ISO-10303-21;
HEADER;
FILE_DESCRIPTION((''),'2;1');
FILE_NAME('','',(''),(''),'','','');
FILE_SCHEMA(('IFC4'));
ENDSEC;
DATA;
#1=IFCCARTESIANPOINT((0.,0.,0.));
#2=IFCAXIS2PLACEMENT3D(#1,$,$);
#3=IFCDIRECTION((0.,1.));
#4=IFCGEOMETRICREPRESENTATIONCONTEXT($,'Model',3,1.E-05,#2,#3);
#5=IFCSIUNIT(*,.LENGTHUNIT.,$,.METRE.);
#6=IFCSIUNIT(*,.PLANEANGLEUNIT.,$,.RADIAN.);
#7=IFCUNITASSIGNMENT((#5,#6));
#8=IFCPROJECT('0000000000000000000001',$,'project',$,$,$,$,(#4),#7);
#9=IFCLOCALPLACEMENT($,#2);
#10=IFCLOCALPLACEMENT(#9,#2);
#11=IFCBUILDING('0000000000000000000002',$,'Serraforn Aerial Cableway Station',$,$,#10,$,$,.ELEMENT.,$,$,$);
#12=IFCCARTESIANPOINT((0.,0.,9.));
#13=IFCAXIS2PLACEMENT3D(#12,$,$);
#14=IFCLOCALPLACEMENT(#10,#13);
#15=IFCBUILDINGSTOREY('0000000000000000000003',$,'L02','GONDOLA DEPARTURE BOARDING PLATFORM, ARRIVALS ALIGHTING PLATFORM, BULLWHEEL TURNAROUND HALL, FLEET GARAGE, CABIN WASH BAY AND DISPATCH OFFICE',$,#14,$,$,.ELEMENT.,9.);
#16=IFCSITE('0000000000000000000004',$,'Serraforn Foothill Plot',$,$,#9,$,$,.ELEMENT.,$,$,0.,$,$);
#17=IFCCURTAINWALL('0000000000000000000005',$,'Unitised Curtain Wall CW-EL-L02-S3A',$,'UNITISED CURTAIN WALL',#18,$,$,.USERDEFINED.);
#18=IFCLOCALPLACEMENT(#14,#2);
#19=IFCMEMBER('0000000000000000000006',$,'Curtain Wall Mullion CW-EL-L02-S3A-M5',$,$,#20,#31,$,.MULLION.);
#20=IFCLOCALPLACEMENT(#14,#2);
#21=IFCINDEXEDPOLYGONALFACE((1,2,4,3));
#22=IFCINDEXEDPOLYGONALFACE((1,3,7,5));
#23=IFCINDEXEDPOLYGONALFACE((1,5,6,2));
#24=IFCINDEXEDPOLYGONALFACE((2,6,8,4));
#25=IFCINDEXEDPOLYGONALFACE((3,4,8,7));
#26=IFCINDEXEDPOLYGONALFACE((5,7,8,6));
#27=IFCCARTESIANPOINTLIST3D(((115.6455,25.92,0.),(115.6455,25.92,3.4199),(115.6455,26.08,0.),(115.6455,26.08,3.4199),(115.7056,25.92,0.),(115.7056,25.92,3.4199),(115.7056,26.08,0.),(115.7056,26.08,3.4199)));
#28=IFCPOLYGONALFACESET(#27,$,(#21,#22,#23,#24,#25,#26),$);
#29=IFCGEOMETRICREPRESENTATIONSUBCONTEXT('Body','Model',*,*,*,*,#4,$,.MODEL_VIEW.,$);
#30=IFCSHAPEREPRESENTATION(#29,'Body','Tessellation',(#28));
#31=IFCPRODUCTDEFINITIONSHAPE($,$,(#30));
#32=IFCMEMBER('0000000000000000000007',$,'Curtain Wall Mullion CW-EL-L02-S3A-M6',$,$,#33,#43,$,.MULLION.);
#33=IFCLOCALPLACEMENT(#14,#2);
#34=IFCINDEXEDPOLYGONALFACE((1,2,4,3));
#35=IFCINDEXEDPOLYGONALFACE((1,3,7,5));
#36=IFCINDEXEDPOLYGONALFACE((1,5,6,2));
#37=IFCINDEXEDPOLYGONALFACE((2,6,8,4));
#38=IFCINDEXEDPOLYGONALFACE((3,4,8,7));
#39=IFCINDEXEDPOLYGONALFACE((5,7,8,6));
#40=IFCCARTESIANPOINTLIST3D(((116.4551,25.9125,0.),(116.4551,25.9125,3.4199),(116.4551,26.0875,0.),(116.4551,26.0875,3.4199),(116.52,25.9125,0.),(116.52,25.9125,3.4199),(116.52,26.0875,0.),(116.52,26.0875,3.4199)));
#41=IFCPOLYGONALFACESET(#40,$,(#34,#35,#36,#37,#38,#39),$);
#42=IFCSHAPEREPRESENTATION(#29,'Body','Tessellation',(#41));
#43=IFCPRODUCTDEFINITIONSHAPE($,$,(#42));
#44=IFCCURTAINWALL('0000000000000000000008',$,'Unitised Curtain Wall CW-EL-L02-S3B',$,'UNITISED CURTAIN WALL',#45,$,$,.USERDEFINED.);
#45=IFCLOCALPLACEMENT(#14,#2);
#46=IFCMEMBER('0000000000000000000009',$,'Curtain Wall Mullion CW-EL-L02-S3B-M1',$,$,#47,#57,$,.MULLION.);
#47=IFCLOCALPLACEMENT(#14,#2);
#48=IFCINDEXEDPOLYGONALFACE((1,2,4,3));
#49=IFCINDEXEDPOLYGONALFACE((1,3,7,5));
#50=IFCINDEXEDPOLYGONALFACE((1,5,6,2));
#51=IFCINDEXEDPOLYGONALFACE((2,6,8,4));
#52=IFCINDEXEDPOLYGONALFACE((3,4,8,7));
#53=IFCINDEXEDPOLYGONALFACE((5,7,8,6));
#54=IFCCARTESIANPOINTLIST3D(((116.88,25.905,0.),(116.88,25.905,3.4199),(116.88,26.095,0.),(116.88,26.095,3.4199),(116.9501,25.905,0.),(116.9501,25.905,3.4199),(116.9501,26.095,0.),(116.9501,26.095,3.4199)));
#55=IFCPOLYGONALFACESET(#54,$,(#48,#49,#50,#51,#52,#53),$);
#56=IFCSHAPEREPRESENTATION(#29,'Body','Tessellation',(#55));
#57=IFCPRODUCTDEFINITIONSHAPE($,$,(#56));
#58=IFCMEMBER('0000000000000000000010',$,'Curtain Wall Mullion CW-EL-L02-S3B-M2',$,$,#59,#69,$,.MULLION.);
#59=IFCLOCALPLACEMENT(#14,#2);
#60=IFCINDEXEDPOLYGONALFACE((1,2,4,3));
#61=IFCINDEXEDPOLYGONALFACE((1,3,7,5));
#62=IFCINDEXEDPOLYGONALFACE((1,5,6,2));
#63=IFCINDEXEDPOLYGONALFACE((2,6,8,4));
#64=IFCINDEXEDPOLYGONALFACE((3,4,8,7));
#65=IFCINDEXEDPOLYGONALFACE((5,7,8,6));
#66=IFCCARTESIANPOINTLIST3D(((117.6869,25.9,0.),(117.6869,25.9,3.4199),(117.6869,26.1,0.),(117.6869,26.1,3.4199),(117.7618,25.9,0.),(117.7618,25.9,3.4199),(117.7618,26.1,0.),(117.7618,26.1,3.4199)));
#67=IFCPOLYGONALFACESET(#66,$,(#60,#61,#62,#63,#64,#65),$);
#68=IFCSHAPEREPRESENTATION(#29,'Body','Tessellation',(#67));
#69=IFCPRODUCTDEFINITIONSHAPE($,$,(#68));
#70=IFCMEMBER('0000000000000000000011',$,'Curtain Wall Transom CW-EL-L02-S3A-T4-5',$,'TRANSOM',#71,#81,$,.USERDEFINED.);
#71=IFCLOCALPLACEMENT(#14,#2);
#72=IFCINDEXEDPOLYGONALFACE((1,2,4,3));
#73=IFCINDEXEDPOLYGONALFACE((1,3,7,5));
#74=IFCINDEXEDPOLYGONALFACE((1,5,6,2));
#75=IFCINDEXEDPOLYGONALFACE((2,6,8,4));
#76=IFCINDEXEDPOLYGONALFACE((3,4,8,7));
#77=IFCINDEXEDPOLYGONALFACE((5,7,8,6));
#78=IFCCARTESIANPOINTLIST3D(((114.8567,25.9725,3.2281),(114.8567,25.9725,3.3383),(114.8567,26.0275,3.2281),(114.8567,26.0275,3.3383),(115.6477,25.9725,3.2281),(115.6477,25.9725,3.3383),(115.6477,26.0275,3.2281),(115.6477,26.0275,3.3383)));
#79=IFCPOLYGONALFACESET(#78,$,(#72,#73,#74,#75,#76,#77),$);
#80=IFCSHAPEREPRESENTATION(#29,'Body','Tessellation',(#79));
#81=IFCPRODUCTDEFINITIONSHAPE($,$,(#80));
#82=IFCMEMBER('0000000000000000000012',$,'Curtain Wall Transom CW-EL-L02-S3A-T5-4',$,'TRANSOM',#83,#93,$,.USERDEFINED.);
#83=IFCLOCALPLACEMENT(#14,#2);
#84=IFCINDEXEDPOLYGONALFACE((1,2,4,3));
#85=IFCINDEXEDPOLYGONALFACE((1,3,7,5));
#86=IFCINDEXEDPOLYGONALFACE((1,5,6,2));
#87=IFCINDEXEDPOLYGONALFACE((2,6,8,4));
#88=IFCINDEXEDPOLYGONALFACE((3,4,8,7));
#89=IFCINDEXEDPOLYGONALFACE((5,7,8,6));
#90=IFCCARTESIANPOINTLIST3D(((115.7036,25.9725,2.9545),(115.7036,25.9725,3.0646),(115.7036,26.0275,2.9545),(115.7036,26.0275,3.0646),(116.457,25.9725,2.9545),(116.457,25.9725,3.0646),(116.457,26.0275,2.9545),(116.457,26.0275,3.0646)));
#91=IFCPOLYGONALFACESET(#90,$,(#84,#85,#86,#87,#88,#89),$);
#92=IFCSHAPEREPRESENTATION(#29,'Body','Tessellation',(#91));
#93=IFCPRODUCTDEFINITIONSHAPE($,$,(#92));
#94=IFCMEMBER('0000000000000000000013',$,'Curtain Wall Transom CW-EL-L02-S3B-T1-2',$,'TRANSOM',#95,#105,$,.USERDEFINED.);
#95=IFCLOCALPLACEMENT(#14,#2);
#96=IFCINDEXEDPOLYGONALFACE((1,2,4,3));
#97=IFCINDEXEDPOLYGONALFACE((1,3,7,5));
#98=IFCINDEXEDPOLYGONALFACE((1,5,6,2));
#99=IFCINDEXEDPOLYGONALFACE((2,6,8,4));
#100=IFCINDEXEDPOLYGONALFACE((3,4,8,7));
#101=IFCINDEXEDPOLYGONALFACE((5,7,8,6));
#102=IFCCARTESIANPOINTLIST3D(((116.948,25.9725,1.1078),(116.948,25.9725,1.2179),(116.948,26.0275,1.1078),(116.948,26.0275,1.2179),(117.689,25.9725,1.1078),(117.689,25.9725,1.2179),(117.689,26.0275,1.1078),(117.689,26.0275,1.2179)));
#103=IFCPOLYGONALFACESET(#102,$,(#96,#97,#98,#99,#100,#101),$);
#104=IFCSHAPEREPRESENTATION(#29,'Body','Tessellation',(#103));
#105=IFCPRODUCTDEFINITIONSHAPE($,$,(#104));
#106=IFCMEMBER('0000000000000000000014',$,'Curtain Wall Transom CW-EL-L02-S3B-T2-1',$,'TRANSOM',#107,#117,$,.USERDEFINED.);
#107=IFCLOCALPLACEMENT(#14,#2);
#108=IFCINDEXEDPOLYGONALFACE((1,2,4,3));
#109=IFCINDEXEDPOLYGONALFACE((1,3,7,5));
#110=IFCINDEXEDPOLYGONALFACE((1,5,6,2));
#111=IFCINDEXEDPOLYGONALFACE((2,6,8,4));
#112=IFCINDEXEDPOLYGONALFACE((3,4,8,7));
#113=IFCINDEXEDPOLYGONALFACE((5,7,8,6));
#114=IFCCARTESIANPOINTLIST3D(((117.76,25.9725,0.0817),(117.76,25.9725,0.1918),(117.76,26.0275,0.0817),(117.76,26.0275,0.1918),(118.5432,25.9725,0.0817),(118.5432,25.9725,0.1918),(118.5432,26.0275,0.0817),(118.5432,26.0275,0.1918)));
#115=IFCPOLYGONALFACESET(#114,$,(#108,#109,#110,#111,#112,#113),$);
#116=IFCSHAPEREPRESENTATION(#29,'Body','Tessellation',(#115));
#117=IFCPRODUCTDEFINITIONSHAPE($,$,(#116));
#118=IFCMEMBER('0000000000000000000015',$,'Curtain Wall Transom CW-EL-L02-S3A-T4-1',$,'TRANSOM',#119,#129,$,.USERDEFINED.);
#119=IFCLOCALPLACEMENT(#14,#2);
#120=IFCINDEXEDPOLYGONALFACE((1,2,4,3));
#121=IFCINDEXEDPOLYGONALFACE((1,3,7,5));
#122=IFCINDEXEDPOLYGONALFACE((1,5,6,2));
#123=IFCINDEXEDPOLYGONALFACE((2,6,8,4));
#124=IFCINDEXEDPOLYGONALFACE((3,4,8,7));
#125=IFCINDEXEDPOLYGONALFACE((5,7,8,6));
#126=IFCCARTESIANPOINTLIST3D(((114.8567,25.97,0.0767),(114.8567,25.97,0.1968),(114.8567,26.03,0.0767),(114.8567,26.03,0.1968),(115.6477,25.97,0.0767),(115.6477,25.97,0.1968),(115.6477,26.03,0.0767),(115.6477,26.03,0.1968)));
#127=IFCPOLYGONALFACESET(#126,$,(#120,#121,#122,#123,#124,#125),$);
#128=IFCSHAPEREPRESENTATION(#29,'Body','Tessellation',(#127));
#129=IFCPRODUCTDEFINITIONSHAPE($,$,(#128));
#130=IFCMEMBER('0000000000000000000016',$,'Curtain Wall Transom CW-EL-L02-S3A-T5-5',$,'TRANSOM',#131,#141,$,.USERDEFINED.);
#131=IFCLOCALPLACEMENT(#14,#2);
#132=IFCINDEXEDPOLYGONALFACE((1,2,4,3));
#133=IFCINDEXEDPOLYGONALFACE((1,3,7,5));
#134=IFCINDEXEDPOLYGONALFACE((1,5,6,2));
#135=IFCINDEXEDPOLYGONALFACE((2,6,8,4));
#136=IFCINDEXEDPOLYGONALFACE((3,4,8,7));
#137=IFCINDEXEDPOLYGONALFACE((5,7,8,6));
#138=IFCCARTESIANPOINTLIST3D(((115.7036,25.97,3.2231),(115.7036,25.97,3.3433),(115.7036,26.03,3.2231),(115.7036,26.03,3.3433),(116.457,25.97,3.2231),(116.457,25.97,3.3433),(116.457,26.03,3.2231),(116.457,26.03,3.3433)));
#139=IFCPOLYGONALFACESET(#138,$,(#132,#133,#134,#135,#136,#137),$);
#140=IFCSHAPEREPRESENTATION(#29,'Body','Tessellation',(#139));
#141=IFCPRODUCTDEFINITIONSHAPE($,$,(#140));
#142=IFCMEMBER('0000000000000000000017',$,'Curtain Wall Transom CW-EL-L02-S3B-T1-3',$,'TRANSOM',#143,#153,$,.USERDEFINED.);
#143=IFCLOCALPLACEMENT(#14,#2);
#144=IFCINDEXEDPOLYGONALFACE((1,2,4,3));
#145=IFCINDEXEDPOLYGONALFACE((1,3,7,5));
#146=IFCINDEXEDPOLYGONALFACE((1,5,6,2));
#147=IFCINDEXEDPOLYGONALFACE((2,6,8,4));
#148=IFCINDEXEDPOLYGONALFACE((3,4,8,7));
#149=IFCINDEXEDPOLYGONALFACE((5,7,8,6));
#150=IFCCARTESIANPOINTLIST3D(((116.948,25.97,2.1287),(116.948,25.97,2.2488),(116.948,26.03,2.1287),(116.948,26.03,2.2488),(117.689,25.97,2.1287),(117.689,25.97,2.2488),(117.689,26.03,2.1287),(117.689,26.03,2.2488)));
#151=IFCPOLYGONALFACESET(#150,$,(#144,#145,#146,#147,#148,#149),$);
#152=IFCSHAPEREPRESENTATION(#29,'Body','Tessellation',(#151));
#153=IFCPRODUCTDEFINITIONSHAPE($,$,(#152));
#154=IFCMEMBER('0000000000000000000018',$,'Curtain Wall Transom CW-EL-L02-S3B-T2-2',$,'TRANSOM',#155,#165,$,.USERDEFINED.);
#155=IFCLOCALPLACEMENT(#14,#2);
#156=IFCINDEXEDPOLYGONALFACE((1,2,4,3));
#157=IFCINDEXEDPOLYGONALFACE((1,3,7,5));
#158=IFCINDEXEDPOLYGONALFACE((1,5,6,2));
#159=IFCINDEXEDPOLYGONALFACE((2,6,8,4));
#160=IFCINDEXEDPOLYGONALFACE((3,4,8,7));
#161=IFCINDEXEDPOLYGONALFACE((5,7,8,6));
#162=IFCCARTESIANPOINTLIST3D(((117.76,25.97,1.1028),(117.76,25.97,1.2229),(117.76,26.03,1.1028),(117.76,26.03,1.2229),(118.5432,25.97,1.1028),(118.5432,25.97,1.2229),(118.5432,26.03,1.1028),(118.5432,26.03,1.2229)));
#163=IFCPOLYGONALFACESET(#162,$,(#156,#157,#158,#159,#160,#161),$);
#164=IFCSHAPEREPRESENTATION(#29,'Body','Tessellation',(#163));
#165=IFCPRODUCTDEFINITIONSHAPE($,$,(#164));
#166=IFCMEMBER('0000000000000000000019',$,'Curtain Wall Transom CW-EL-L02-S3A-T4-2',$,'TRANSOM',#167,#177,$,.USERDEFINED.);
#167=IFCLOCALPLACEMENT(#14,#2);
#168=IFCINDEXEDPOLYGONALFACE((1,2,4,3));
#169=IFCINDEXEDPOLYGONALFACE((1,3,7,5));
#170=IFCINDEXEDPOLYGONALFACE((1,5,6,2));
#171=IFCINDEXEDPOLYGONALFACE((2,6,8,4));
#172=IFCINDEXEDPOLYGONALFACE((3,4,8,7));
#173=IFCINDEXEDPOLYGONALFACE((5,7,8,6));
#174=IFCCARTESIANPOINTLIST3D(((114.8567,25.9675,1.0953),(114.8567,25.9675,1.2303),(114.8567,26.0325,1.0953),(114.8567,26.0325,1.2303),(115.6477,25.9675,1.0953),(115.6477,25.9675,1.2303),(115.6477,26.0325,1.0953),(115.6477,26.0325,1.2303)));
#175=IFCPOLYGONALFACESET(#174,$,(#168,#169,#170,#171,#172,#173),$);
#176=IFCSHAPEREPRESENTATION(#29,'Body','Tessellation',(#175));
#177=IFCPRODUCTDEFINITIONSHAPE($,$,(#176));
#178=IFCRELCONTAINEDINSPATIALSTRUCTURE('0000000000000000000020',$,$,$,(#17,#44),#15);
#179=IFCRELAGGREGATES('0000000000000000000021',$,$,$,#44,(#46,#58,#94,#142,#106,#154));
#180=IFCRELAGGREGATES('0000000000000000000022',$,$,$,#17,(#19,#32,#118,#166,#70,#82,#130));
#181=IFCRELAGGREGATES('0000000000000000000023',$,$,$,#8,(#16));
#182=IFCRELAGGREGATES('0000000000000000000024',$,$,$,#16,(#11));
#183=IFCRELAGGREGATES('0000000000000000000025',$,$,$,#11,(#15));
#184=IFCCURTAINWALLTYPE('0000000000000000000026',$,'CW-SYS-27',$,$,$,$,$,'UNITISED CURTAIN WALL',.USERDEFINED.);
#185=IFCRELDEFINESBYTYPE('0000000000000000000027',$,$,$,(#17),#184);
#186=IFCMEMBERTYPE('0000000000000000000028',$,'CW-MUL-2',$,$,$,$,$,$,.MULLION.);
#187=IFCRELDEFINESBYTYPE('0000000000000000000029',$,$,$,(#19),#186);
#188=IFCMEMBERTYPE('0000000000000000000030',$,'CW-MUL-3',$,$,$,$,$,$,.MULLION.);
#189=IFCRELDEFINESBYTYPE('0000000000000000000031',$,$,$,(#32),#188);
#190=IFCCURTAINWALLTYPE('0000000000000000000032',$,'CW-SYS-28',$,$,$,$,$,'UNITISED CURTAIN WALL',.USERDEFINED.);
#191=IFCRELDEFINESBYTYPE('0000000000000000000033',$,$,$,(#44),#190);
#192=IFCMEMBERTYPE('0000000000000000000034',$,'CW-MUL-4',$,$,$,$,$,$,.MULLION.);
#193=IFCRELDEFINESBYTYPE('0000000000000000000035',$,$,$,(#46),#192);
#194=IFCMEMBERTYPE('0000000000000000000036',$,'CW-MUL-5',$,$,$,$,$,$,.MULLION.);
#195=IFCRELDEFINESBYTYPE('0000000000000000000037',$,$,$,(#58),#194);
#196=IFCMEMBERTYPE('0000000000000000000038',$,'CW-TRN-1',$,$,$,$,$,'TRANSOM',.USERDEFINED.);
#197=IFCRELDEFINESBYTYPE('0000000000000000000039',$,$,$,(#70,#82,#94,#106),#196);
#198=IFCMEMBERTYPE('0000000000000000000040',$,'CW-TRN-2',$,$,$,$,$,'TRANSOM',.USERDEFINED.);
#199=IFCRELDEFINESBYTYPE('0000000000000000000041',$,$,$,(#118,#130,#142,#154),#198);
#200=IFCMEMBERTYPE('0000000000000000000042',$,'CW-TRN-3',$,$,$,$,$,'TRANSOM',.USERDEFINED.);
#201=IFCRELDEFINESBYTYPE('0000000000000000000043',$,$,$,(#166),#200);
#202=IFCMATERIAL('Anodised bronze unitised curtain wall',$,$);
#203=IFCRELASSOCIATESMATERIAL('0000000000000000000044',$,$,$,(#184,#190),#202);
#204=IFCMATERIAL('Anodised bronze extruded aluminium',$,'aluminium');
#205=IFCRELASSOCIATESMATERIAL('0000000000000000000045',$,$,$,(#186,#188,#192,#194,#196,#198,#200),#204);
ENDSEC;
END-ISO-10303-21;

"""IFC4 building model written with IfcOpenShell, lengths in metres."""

from ifc_helpers import new_model, si_unit, direction, frame, origin, origin_2d, place, context, subcontext, project, spatial, rectangle, extrude, material, material_profile, profile_set, type_object, element, aggregate, save


model = new_model("IFC4")

# Units and contexts
model_context = context("Model", 3, precision=1e-05, world=origin(), true_north=direction((0.0, 1.0)))
body_context = subcontext(model_context, "Body", "Model", "MODEL_VIEW")
ifc_project = project(units=[si_unit("LENGTHUNIT", "METRE"), si_unit("PLANEANGLEUNIT", "RADIAN")], contexts=[model_context])

# Site, building, storey
site_placement = place(None, origin())
site = spatial("IfcSite", under=ifc_project, at=site_placement, Name="Serraforn Foothill Plot", CompositionType="ELEMENT", RefElevation=0.0)
building_placement = place(site_placement, origin())
building = spatial("IfcBuilding", under=site, at=building_placement, Name="Serraforn Aerial Cableway Station", CompositionType="ELEMENT")
storey_placement = place(building_placement, frame((0.0, 0.0, 9.0)))
storey = spatial("IfcBuildingStorey", under=building, at=storey_placement, Name="L02", Description="GONDOLA DEPARTURE BOARDING PLATFORM, ARRIVALS ALIGHTING PLATFORM, BULLWHEEL TURNAROUND HALL, FLEET GARAGE, CABIN WASH BAY AND DISPATCH OFFICE", CompositionType="ELEMENT", Elevation=9.0)

# Curtain walls, members
ifc_material_1 = material(Name="Anodised bronze unitised curtain wall")
curtain_wall_type_1 = type_object("IfcCurtainWallType", Name="CW-SYS-27", ElementType="UNITISED CURTAIN WALL", PredefinedType="USERDEFINED", material=ifc_material_1)
curtain_wall_1_placement = place(storey_placement, origin())
curtain_wall_1 = element("IfcCurtainWall", 1, at=curtain_wall_1_placement, inside=storey, type_object=curtain_wall_type_1, Name="Unitised Curtain Wall CW-EL-L02-S3A", ObjectType="UNITISED CURTAIN WALL", PredefinedType="USERDEFINED")
ifc_material_2 = material(Name="Anodised bronze extruded aluminium", Category="aluminium")
ifc_material_profile_1 = material_profile(ifc_material_2, rectangle(XDim=0.0601, YDim=0.1599, at=origin_2d()), Name="CW MULLION 60x160")
ifc_profile_set_1 = profile_set([ifc_material_profile_1], Name="Anodised bronze extruded aluminium")
member_type_1 = type_object("IfcMemberType", Name="CW-MUL-2", PredefinedType="MULLION", material=ifc_profile_set_1)
member_1_placement = place(storey_placement, frame((115.6755, 26.0, 0.0), z_axis=(0.0, 0.0, 1.0), x_axis=(1.0, 0.0, 0.0)))
member_1 = element("IfcMember", 2, at=member_1_placement, type_object=member_type_1, Name="Curtain Wall Mullion CW-EL-L02-S3A-M5", PredefinedType="MULLION", context=body_context, shape_type="SweptSolid", body=[
    extrude(rectangle(XDim=0.0601, YDim=0.1599, at=origin_2d()), origin(), (0.0, 0.0, 1.0), 3.4199),
])
ifc_material_profile_2 = material_profile(ifc_material_2, rectangle(XDim=0.0649, YDim=0.175, at=origin_2d()), Name="CW MULLION 65x175")
ifc_profile_set_2 = profile_set([ifc_material_profile_2], Name="Anodised bronze extruded aluminium")
member_type_2 = type_object("IfcMemberType", Name="CW-MUL-3", PredefinedType="MULLION", material=ifc_profile_set_2)
member_2_placement = place(storey_placement, frame((116.4875, 26.0, 0.0), z_axis=(0.0, 0.0, 1.0), x_axis=(1.0, 0.0, 0.0)))
member_2 = element("IfcMember", 3, at=member_2_placement, type_object=member_type_2, Name="Curtain Wall Mullion CW-EL-L02-S3A-M6", PredefinedType="MULLION", context=body_context, shape_type="SweptSolid", body=[
    extrude(rectangle(XDim=0.0649, YDim=0.175, at=origin_2d()), origin(), (0.0, 0.0, 1.0), 3.4199),
])
curtain_wall_type_2 = type_object("IfcCurtainWallType", Name="CW-SYS-28", ElementType="UNITISED CURTAIN WALL", PredefinedType="USERDEFINED", material=ifc_material_1)
curtain_wall_2_placement = place(storey_placement, origin())
curtain_wall_2 = element("IfcCurtainWall", 4, at=curtain_wall_2_placement, inside=storey, type_object=curtain_wall_type_2, Name="Unitised Curtain Wall CW-EL-L02-S3B", ObjectType="UNITISED CURTAIN WALL", PredefinedType="USERDEFINED")
ifc_material_profile_3 = material_profile(ifc_material_2, rectangle(XDim=0.0701, YDim=0.1899, at=origin_2d()), Name="CW MULLION 70x190")
ifc_profile_set_3 = profile_set([ifc_material_profile_3], Name="Anodised bronze extruded aluminium")
member_type_3 = type_object("IfcMemberType", Name="CW-MUL-4", PredefinedType="MULLION", material=ifc_profile_set_3)
member_3_placement = place(storey_placement, frame((116.915, 26.0, 0.0), z_axis=(0.0, 0.0, 1.0), x_axis=(1.0, 0.0, 0.0)))
member_3 = element("IfcMember", 5, at=member_3_placement, type_object=member_type_3, Name="Curtain Wall Mullion CW-EL-L02-S3B-M1", PredefinedType="MULLION", context=body_context, shape_type="SweptSolid", body=[
    extrude(rectangle(XDim=0.0701, YDim=0.1899, at=origin_2d()), origin(), (0.0, 0.0, 1.0), 3.4199),
])
ifc_material_profile_4 = material_profile(ifc_material_2, rectangle(XDim=0.075, YDim=0.2, at=origin_2d()), Name="CW MULLION 75x200")
ifc_profile_set_4 = profile_set([ifc_material_profile_4], Name="Anodised bronze extruded aluminium")
member_type_4 = type_object("IfcMemberType", Name="CW-MUL-5", PredefinedType="MULLION", material=ifc_profile_set_4)
member_4_placement = place(storey_placement, frame((117.7244, 26.0, 0.0), z_axis=(0.0, 0.0, 1.0), x_axis=(1.0, 0.0, 0.0)))
member_4 = element("IfcMember", 6, at=member_4_placement, type_object=member_type_4, Name="Curtain Wall Mullion CW-EL-L02-S3B-M2", PredefinedType="MULLION", context=body_context, shape_type="SweptSolid", body=[
    extrude(rectangle(XDim=0.075, YDim=0.2, at=origin_2d()), origin(), (0.0, 0.0, 1.0), 3.4199),
])

# Members
ifc_material_profile_5 = material_profile(ifc_material_2, rectangle(XDim=0.0549, YDim=0.1101, at=origin_2d()), Name="CW TRANSOM 55x110")
ifc_profile_set_5 = profile_set([ifc_material_profile_5], Name="Anodised bronze extruded aluminium")
member_type_5 = type_object("IfcMemberType", Name="CW-TRN-1", ElementType="TRANSOM", PredefinedType="USERDEFINED", material=ifc_profile_set_5)
member_5_placement = place(storey_placement, frame((114.8567, 26.0, 3.2832), z_axis=(1.0, 0.0, 0.0), x_axis=(0.0, 1.0, 0.0)))
member_5 = element("IfcMember", 7, at=member_5_placement, type_object=member_type_5, Name="Curtain Wall Transom CW-EL-L02-S3A-T4-5", ObjectType="TRANSOM", PredefinedType="USERDEFINED", context=body_context, shape_type="SweptSolid", body=[
    extrude(rectangle(XDim=0.0549, YDim=0.1101, at=origin_2d()), origin(), (0.0, 0.0, 1.0), 0.791),
])
member_6_placement = place(storey_placement, frame((115.7036, 26.0, 3.0095), z_axis=(1.0, 0.0, 0.0), x_axis=(0.0, 1.0, 0.0)))
member_6 = element("IfcMember", 8, at=member_6_placement, type_object=member_type_5, Name="Curtain Wall Transom CW-EL-L02-S3A-T5-4", ObjectType="TRANSOM", PredefinedType="USERDEFINED", context=body_context, shape_type="SweptSolid", body=[
    extrude(rectangle(XDim=0.0549, YDim=0.1101, at=origin_2d()), origin(), (0.0, 0.0, 1.0), 0.7534),
])
member_7_placement = place(storey_placement, frame((116.948, 26.0, 1.1628), z_axis=(1.0, 0.0, 0.0), x_axis=(0.0, 1.0, 0.0)))
member_7 = element("IfcMember", 9, at=member_7_placement, type_object=member_type_5, Name="Curtain Wall Transom CW-EL-L02-S3B-T1-2", ObjectType="TRANSOM", PredefinedType="USERDEFINED", context=body_context, shape_type="SweptSolid", body=[
    extrude(rectangle(XDim=0.0549, YDim=0.1101, at=origin_2d()), origin(), (0.0, 0.0, 1.0), 0.741),
])
member_8_placement = place(storey_placement, frame((117.76, 26.0, 0.1367), z_axis=(1.0, 0.0, 0.0), x_axis=(0.0, 1.0, 0.0)))
member_8 = element("IfcMember", 10, at=member_8_placement, type_object=member_type_5, Name="Curtain Wall Transom CW-EL-L02-S3B-T2-1", ObjectType="TRANSOM", PredefinedType="USERDEFINED", context=body_context, shape_type="SweptSolid", body=[
    extrude(rectangle(XDim=0.0549, YDim=0.1101, at=origin_2d()), origin(), (0.0, 0.0, 1.0), 0.7832),
])
ifc_material_profile_6 = material_profile(ifc_material_2, rectangle(XDim=0.0601, YDim=0.1201, at=origin_2d()), Name="CW TRANSOM 60x120")
ifc_profile_set_6 = profile_set([ifc_material_profile_6], Name="Anodised bronze extruded aluminium")
member_type_6 = type_object("IfcMemberType", Name="CW-TRN-2", ElementType="TRANSOM", PredefinedType="USERDEFINED", material=ifc_profile_set_6)
member_9_placement = place(storey_placement, frame((114.8567, 26.0, 0.1367), z_axis=(1.0, 0.0, 0.0), x_axis=(0.0, 1.0, 0.0)))
member_9 = element("IfcMember", 11, at=member_9_placement, type_object=member_type_6, Name="Curtain Wall Transom CW-EL-L02-S3A-T4-1", ObjectType="TRANSOM", PredefinedType="USERDEFINED", context=body_context, shape_type="SweptSolid", body=[
    extrude(rectangle(XDim=0.0601, YDim=0.1201, at=origin_2d()), origin(), (0.0, 0.0, 1.0), 0.791),
])
member_10_placement = place(storey_placement, frame((115.7036, 26.0, 3.2832), z_axis=(1.0, 0.0, 0.0), x_axis=(0.0, 1.0, 0.0)))
member_10 = element("IfcMember", 12, at=member_10_placement, type_object=member_type_6, Name="Curtain Wall Transom CW-EL-L02-S3A-T5-5", ObjectType="TRANSOM", PredefinedType="USERDEFINED", context=body_context, shape_type="SweptSolid", body=[
    extrude(rectangle(XDim=0.0601, YDim=0.1201, at=origin_2d()), origin(), (0.0, 0.0, 1.0), 0.7534),
])
member_11_placement = place(storey_placement, frame((116.948, 26.0, 2.1887), z_axis=(1.0, 0.0, 0.0), x_axis=(0.0, 1.0, 0.0)))
member_11 = element("IfcMember", 13, at=member_11_placement, type_object=member_type_6, Name="Curtain Wall Transom CW-EL-L02-S3B-T1-3", ObjectType="TRANSOM", PredefinedType="USERDEFINED", context=body_context, shape_type="SweptSolid", body=[
    extrude(rectangle(XDim=0.0601, YDim=0.1201, at=origin_2d()), origin(), (0.0, 0.0, 1.0), 0.741),
])
member_12_placement = place(storey_placement, frame((117.76, 26.0, 1.1628), z_axis=(1.0, 0.0, 0.0), x_axis=(0.0, 1.0, 0.0)))
member_12 = element("IfcMember", 14, at=member_12_placement, type_object=member_type_6, Name="Curtain Wall Transom CW-EL-L02-S3B-T2-2", ObjectType="TRANSOM", PredefinedType="USERDEFINED", context=body_context, shape_type="SweptSolid", body=[
    extrude(rectangle(XDim=0.0601, YDim=0.1201, at=origin_2d()), origin(), (0.0, 0.0, 1.0), 0.7832),
])
ifc_material_profile_7 = material_profile(ifc_material_2, rectangle(XDim=0.0649, YDim=0.135, at=origin_2d()), Name="CW TRANSOM 65x135")
ifc_profile_set_7 = profile_set([ifc_material_profile_7], Name="Anodised bronze extruded aluminium")
member_type_7 = type_object("IfcMemberType", Name="CW-TRN-3", ElementType="TRANSOM", PredefinedType="USERDEFINED", material=ifc_profile_set_7)
member_13_placement = place(storey_placement, frame((114.8567, 26.0, 1.1628), z_axis=(1.0, 0.0, 0.0), x_axis=(0.0, 1.0, 0.0)))
member_13 = element("IfcMember", 15, at=member_13_placement, type_object=member_type_7, Name="Curtain Wall Transom CW-EL-L02-S3A-T4-2", ObjectType="TRANSOM", PredefinedType="USERDEFINED", context=body_context, shape_type="SweptSolid", body=[
    extrude(rectangle(XDim=0.0649, YDim=0.135, at=origin_2d()), origin(), (0.0, 0.0, 1.0), 0.791),
])

aggregate(curtain_wall_2, [member_3, member_4, member_7, member_11, member_8, member_12])
aggregate(curtain_wall_1, [member_1, member_2, member_9, member_13, member_5, member_6, member_10])

save(model, "model.ifc")
